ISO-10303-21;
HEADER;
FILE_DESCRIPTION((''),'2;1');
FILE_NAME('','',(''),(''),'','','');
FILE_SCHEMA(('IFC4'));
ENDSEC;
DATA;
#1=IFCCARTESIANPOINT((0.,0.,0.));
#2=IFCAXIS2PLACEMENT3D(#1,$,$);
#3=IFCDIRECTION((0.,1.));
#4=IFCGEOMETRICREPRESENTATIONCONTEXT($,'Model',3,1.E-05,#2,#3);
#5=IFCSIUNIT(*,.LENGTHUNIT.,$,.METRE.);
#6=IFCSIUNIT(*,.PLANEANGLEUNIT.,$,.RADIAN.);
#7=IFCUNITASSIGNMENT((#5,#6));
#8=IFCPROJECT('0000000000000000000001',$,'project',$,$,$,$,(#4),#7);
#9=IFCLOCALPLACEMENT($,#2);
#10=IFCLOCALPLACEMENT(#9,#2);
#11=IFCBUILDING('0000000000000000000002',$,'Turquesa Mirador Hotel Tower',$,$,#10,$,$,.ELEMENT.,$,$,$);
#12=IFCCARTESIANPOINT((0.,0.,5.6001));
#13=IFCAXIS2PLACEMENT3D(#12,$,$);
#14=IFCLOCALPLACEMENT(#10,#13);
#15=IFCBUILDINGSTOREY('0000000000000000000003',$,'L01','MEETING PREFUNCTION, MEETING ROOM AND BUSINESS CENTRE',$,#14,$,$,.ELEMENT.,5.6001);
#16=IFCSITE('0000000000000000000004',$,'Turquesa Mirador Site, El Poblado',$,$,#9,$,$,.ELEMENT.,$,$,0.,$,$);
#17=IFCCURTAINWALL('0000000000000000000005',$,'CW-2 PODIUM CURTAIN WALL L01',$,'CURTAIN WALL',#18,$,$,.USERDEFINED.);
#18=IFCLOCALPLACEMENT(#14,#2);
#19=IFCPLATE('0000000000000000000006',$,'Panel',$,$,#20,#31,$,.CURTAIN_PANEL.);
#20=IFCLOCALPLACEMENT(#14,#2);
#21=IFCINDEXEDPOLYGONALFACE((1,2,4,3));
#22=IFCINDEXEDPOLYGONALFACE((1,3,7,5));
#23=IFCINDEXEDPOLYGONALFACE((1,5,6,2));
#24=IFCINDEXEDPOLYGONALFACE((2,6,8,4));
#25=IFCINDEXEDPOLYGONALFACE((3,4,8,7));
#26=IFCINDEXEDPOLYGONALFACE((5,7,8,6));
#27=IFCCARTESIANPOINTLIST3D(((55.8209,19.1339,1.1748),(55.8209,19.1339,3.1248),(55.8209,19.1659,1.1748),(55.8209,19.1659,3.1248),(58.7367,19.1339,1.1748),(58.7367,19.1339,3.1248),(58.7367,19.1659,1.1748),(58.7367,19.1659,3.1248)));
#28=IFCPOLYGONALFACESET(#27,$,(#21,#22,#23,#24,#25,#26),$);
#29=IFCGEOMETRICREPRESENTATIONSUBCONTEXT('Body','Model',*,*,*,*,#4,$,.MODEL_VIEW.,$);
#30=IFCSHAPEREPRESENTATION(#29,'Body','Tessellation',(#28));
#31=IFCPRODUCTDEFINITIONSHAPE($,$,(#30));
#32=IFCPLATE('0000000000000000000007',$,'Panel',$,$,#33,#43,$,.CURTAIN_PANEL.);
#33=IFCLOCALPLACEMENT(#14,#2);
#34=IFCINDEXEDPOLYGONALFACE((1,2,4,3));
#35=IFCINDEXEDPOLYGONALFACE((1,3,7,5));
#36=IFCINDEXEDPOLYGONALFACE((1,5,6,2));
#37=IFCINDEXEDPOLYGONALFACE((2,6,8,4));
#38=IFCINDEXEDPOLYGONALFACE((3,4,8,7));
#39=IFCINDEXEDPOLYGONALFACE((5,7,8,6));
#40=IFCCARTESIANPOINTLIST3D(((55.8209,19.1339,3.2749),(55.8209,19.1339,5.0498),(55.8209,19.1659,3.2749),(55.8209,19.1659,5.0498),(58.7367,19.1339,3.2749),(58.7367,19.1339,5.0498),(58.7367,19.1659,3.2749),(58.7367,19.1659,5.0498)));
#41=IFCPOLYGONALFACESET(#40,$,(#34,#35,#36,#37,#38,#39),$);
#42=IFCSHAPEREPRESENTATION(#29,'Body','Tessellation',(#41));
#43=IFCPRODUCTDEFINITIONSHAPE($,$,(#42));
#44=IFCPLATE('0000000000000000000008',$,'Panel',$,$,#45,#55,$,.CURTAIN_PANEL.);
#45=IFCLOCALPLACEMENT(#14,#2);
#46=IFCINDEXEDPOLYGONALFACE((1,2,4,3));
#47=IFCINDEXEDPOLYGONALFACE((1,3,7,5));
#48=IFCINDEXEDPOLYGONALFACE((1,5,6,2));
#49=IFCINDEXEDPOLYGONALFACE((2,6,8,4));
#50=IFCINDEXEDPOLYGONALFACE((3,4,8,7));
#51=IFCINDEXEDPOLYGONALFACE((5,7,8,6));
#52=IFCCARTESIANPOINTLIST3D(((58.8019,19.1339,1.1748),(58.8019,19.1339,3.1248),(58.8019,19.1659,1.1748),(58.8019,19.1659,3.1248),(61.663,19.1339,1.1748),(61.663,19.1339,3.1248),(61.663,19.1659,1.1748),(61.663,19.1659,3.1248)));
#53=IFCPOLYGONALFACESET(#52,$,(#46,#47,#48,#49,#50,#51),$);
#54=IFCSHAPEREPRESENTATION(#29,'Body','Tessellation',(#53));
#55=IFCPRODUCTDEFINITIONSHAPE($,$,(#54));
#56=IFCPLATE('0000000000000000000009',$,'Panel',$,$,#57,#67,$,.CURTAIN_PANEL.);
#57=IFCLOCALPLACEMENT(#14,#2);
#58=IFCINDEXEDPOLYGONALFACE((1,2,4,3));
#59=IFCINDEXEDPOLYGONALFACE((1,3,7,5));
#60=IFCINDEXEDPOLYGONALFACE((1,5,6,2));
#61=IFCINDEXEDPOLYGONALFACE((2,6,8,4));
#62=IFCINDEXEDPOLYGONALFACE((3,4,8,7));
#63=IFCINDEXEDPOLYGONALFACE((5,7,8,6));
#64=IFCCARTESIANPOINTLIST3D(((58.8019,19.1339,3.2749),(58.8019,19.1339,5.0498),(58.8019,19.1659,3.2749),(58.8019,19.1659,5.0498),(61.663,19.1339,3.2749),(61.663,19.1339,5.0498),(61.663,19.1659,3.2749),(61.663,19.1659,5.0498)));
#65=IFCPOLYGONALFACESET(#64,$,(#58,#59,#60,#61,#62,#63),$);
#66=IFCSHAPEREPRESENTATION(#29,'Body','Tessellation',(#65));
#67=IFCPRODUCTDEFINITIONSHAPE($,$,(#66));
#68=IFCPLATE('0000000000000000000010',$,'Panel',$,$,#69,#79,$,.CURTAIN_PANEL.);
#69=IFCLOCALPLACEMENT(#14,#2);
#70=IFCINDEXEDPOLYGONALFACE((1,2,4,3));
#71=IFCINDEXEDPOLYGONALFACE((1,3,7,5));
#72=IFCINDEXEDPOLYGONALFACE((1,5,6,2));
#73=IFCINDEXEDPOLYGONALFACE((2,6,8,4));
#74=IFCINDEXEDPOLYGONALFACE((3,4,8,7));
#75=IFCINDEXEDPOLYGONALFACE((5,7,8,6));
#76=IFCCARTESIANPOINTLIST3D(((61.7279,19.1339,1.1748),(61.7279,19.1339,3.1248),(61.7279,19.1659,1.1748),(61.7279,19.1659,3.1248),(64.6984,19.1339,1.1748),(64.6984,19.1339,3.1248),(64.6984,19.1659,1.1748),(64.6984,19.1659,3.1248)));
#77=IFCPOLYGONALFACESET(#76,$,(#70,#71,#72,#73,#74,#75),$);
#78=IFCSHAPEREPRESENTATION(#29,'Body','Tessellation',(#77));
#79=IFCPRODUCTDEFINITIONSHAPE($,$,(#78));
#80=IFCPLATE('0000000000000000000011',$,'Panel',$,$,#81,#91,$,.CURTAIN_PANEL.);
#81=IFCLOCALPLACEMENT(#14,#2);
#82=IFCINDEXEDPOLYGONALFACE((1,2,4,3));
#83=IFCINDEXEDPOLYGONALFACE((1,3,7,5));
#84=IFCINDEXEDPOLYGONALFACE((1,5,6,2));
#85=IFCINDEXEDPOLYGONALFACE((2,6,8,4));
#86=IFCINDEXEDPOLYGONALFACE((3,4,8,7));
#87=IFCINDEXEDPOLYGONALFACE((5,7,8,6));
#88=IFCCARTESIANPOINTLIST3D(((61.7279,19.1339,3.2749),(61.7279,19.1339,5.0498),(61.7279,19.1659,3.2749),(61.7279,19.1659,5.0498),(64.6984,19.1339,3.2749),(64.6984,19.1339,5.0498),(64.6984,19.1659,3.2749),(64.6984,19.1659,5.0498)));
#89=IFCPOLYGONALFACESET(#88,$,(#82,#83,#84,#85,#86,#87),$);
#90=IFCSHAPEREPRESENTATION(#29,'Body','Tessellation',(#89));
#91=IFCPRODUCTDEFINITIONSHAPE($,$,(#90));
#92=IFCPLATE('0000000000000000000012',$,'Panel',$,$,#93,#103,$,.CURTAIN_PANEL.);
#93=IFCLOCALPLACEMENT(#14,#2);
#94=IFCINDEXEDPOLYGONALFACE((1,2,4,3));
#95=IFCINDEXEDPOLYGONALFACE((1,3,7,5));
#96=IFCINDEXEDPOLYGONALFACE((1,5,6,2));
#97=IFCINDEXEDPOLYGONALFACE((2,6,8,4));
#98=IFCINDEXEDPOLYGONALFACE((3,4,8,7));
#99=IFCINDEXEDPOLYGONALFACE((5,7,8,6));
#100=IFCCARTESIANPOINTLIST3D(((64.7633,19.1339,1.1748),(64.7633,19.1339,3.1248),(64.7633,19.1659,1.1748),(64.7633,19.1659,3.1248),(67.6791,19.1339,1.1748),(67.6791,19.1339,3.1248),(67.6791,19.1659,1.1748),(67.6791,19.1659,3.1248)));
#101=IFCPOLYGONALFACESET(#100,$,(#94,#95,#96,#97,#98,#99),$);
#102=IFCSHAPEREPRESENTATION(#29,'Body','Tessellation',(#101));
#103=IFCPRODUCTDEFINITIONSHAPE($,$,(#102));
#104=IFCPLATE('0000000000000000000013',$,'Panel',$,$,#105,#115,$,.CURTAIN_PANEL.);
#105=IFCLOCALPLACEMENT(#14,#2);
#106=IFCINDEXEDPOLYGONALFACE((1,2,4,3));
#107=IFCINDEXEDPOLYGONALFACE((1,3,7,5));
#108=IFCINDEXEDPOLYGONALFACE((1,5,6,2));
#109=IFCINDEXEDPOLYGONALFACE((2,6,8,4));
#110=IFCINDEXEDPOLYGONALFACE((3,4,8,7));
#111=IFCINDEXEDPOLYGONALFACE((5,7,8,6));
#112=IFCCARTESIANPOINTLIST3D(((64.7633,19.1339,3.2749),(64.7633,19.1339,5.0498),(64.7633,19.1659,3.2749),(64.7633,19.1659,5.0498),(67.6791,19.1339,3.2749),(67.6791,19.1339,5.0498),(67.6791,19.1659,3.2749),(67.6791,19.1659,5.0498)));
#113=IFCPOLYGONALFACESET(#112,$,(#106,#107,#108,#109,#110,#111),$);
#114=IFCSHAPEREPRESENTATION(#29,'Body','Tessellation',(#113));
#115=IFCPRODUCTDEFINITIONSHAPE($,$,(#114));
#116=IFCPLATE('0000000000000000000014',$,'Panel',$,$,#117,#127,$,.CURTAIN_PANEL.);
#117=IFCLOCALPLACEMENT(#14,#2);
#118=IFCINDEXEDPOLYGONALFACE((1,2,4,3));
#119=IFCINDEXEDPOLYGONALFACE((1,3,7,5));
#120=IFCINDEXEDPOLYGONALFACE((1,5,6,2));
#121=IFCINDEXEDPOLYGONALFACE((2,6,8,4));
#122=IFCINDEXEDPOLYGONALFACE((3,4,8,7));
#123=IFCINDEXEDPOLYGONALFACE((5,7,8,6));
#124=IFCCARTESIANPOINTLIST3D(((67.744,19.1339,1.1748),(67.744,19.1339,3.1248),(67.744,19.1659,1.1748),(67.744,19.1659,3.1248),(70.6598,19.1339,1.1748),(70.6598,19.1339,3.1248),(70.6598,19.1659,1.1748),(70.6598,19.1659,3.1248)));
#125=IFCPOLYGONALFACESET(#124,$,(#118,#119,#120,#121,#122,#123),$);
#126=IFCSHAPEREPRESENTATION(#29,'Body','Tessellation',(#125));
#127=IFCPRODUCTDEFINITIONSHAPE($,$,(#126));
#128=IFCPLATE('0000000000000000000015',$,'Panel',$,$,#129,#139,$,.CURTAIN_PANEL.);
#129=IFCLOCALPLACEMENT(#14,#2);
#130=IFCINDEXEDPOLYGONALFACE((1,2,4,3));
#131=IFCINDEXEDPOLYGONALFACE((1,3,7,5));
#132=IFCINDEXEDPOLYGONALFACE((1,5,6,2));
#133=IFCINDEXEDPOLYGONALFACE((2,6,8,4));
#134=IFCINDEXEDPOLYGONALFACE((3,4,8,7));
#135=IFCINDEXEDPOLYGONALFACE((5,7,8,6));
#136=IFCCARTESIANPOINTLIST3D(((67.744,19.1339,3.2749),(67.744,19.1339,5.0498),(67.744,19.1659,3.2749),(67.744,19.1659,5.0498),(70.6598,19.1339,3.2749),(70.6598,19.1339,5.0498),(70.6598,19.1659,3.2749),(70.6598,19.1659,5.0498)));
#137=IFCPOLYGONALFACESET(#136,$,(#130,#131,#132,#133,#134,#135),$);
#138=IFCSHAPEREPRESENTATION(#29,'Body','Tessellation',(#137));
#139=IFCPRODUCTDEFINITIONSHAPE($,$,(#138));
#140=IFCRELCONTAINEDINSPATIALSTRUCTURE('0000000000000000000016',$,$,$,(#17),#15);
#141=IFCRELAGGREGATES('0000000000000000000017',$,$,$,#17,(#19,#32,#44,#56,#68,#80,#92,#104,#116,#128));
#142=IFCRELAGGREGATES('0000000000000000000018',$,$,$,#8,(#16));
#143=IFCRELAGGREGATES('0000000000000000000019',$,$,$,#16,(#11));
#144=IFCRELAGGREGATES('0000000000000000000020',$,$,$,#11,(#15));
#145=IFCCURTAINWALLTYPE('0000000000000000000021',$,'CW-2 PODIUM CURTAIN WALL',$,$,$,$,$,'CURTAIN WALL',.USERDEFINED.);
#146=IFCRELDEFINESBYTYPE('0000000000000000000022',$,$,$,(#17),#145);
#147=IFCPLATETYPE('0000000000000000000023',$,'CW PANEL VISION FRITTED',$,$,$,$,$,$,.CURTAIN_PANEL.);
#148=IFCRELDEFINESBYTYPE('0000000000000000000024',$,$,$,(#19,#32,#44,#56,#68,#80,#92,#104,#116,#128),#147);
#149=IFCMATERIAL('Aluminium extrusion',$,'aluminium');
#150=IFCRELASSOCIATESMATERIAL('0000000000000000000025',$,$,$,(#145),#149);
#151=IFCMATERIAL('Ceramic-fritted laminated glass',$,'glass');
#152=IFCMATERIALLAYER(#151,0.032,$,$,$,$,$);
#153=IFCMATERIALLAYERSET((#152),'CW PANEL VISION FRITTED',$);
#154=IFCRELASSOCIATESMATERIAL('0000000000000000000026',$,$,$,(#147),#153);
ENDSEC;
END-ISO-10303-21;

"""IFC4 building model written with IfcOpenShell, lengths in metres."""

from ifc_helpers import new_model, si_unit, direction, frame, origin, origin_2d, place, context, subcontext, project, spatial, rectangle, extrude, material, layer, layer_set, type_object, element, aggregate, save


model = new_model("IFC4")

# Units and contexts
model_context = context("Model", 3, precision=1e-05, world=origin(), true_north=direction((0.0, 1.0)))
body_context = subcontext(model_context, "Body", "Model", "MODEL_VIEW")
ifc_project = project(units=[si_unit("LENGTHUNIT", "METRE"), si_unit("PLANEANGLEUNIT", "RADIAN")], contexts=[model_context])

# Site, building, storey
site_placement = place(None, origin())
site = spatial("IfcSite", under=ifc_project, at=site_placement, Name="Turquesa Mirador Site, El Poblado", CompositionType="ELEMENT", RefElevation=0.0)
building_placement = place(site_placement, origin())
building = spatial("IfcBuilding", under=site, at=building_placement, Name="Turquesa Mirador Hotel Tower", CompositionType="ELEMENT")
storey_placement = place(building_placement, frame((0.0, 0.0, 5.6001)))
storey = spatial("IfcBuildingStorey", under=building, at=storey_placement, Name="L01", Description="MEETING PREFUNCTION, MEETING ROOM AND BUSINESS CENTRE", CompositionType="ELEMENT", Elevation=5.6001)

# Curtain wall, plates
ifc_material_1 = material(Name="Aluminium extrusion", Category="aluminium")
curtain_wall_type = type_object("IfcCurtainWallType", Name="CW-2 PODIUM CURTAIN WALL", ElementType="CURTAIN WALL", PredefinedType="USERDEFINED", material=ifc_material_1)
curtain_wall_placement = place(storey_placement, origin())
curtain_wall = element("IfcCurtainWall", 1, at=curtain_wall_placement, inside=storey, type_object=curtain_wall_type, Name="CW-2 PODIUM CURTAIN WALL L01", ObjectType="CURTAIN WALL", PredefinedType="USERDEFINED")
ifc_material_2 = material(Name="Ceramic-fritted laminated glass", Category="glass")
ifc_layer_1 = layer(ifc_material_2, 0.032)
ifc_layer_set_1 = layer_set([ifc_layer_1], Name="CW PANEL VISION FRITTED")
plate_type_1 = type_object("IfcPlateType", Name="CW PANEL VISION FRITTED", PredefinedType="CURTAIN_PANEL", material=ifc_layer_set_1)
plate_1_placement = place(storey_placement, frame((57.2788, 19.1499, 1.1748), z_axis=(0.0, 0.0, 1.0), x_axis=(1.0, 0.0, 0.0)))
plate_1 = element("IfcPlate", 2, at=plate_1_placement, type_object=plate_type_1, Name="Panel", PredefinedType="CURTAIN_PANEL", context=body_context, shape_type="SweptSolid", body=[
    extrude(rectangle(XDim=2.9158, YDim=0.032, at=origin_2d()), origin(), (0.0, 0.0, 1.0), 1.95),
])
plate_2_placement = place(storey_placement, frame((57.2788, 19.1499, 3.2749), z_axis=(0.0, 0.0, 1.0), x_axis=(1.0, 0.0, 0.0)))
plate_2 = element("IfcPlate", 3, at=plate_2_placement, type_object=plate_type_1, Name="Panel", PredefinedType="CURTAIN_PANEL", context=body_context, shape_type="SweptSolid", body=[
    extrude(rectangle(XDim=2.9158, YDim=0.032, at=origin_2d()), origin(), (0.0, 0.0, 1.0), 1.7749),
])
plate_3_placement = place(storey_placement, frame((60.2324, 19.1499, 1.1748), z_axis=(0.0, 0.0, 1.0), x_axis=(1.0, 0.0, 0.0)))
plate_3 = element("IfcPlate", 4, at=plate_3_placement, type_object=plate_type_1, Name="Panel", PredefinedType="CURTAIN_PANEL", context=body_context, shape_type="SweptSolid", body=[
    extrude(rectangle(XDim=2.8611, YDim=0.032, at=origin_2d()), origin(), (0.0, 0.0, 1.0), 1.95),
])
plate_4_placement = place(storey_placement, frame((60.2324, 19.1499, 3.2749), z_axis=(0.0, 0.0, 1.0), x_axis=(1.0, 0.0, 0.0)))
plate_4 = element("IfcPlate", 5, at=plate_4_placement, type_object=plate_type_1, Name="Panel", PredefinedType="CURTAIN_PANEL", context=body_context, shape_type="SweptSolid", body=[
    extrude(rectangle(XDim=2.8611, YDim=0.032, at=origin_2d()), origin(), (0.0, 0.0, 1.0), 1.7749),
])
plate_5_placement = place(storey_placement, frame((63.2131, 19.1499, 1.1748), z_axis=(0.0, 0.0, 1.0), x_axis=(1.0, 0.0, 0.0)))
plate_5 = element("IfcPlate", 6, at=plate_5_placement, type_object=plate_type_1, Name="Panel", PredefinedType="CURTAIN_PANEL", context=body_context, shape_type="SweptSolid", body=[
    extrude(rectangle(XDim=2.9705, YDim=0.032, at=origin_2d()), origin(), (0.0, 0.0, 1.0), 1.95),
])
plate_6_placement = place(storey_placement, frame((63.2131, 19.1499, 3.2749), z_axis=(0.0, 0.0, 1.0), x_axis=(1.0, 0.0, 0.0)))
plate_6 = element("IfcPlate", 7, at=plate_6_placement, type_object=plate_type_1, Name="Panel", PredefinedType="CURTAIN_PANEL", context=body_context, shape_type="SweptSolid", body=[
    extrude(rectangle(XDim=2.9705, YDim=0.032, at=origin_2d()), origin(), (0.0, 0.0, 1.0), 1.7749),
])
plate_7_placement = place(storey_placement, frame((66.2212, 19.1499, 1.1748), z_axis=(0.0, 0.0, 1.0), x_axis=(1.0, 0.0, 0.0)))
plate_7 = element("IfcPlate", 8, at=plate_7_placement, type_object=plate_type_1, Name="Panel", PredefinedType="CURTAIN_PANEL", context=body_context, shape_type="SweptSolid", body=[
    extrude(rectangle(XDim=2.9158, YDim=0.032, at=origin_2d()), origin(), (0.0, 0.0, 1.0), 1.95),
])
plate_8_placement = place(storey_placement, frame((66.2212, 19.1499, 3.2749), z_axis=(0.0, 0.0, 1.0), x_axis=(1.0, 0.0, 0.0)))
plate_8 = element("IfcPlate", 9, at=plate_8_placement, type_object=plate_type_1, Name="Panel", PredefinedType="CURTAIN_PANEL", context=body_context, shape_type="SweptSolid", body=[
    extrude(rectangle(XDim=2.9158, YDim=0.032, at=origin_2d()), origin(), (0.0, 0.0, 1.0), 1.7749),
])
plate_9_placement = place(storey_placement, frame((69.2019, 19.1499, 1.1748), z_axis=(0.0, 0.0, 1.0), x_axis=(1.0, 0.0, 0.0)))
plate_9 = element("IfcPlate", 10, at=plate_9_placement, type_object=plate_type_1, Name="Panel", PredefinedType="CURTAIN_PANEL", context=body_context, shape_type="SweptSolid", body=[
    extrude(rectangle(XDim=2.9158, YDim=0.032, at=origin_2d()), origin(), (0.0, 0.0, 1.0), 1.95),
])
plate_10_placement = place(storey_placement, frame((69.2019, 19.1499, 3.2749), z_axis=(0.0, 0.0, 1.0), x_axis=(1.0, 0.0, 0.0)))
plate_10 = element("IfcPlate", 11, at=plate_10_placement, type_object=plate_type_1, Name="Panel", PredefinedType="CURTAIN_PANEL", context=body_context, shape_type="SweptSolid", body=[
    extrude(rectangle(XDim=2.9158, YDim=0.032, at=origin_2d()), origin(), (0.0, 0.0, 1.0), 1.7749),
])
aggregate(curtain_wall, [plate_1, plate_2, plate_3, plate_4, plate_5, plate_6, plate_7, plate_8, plate_9, plate_10])

save(model, "model.ifc")
